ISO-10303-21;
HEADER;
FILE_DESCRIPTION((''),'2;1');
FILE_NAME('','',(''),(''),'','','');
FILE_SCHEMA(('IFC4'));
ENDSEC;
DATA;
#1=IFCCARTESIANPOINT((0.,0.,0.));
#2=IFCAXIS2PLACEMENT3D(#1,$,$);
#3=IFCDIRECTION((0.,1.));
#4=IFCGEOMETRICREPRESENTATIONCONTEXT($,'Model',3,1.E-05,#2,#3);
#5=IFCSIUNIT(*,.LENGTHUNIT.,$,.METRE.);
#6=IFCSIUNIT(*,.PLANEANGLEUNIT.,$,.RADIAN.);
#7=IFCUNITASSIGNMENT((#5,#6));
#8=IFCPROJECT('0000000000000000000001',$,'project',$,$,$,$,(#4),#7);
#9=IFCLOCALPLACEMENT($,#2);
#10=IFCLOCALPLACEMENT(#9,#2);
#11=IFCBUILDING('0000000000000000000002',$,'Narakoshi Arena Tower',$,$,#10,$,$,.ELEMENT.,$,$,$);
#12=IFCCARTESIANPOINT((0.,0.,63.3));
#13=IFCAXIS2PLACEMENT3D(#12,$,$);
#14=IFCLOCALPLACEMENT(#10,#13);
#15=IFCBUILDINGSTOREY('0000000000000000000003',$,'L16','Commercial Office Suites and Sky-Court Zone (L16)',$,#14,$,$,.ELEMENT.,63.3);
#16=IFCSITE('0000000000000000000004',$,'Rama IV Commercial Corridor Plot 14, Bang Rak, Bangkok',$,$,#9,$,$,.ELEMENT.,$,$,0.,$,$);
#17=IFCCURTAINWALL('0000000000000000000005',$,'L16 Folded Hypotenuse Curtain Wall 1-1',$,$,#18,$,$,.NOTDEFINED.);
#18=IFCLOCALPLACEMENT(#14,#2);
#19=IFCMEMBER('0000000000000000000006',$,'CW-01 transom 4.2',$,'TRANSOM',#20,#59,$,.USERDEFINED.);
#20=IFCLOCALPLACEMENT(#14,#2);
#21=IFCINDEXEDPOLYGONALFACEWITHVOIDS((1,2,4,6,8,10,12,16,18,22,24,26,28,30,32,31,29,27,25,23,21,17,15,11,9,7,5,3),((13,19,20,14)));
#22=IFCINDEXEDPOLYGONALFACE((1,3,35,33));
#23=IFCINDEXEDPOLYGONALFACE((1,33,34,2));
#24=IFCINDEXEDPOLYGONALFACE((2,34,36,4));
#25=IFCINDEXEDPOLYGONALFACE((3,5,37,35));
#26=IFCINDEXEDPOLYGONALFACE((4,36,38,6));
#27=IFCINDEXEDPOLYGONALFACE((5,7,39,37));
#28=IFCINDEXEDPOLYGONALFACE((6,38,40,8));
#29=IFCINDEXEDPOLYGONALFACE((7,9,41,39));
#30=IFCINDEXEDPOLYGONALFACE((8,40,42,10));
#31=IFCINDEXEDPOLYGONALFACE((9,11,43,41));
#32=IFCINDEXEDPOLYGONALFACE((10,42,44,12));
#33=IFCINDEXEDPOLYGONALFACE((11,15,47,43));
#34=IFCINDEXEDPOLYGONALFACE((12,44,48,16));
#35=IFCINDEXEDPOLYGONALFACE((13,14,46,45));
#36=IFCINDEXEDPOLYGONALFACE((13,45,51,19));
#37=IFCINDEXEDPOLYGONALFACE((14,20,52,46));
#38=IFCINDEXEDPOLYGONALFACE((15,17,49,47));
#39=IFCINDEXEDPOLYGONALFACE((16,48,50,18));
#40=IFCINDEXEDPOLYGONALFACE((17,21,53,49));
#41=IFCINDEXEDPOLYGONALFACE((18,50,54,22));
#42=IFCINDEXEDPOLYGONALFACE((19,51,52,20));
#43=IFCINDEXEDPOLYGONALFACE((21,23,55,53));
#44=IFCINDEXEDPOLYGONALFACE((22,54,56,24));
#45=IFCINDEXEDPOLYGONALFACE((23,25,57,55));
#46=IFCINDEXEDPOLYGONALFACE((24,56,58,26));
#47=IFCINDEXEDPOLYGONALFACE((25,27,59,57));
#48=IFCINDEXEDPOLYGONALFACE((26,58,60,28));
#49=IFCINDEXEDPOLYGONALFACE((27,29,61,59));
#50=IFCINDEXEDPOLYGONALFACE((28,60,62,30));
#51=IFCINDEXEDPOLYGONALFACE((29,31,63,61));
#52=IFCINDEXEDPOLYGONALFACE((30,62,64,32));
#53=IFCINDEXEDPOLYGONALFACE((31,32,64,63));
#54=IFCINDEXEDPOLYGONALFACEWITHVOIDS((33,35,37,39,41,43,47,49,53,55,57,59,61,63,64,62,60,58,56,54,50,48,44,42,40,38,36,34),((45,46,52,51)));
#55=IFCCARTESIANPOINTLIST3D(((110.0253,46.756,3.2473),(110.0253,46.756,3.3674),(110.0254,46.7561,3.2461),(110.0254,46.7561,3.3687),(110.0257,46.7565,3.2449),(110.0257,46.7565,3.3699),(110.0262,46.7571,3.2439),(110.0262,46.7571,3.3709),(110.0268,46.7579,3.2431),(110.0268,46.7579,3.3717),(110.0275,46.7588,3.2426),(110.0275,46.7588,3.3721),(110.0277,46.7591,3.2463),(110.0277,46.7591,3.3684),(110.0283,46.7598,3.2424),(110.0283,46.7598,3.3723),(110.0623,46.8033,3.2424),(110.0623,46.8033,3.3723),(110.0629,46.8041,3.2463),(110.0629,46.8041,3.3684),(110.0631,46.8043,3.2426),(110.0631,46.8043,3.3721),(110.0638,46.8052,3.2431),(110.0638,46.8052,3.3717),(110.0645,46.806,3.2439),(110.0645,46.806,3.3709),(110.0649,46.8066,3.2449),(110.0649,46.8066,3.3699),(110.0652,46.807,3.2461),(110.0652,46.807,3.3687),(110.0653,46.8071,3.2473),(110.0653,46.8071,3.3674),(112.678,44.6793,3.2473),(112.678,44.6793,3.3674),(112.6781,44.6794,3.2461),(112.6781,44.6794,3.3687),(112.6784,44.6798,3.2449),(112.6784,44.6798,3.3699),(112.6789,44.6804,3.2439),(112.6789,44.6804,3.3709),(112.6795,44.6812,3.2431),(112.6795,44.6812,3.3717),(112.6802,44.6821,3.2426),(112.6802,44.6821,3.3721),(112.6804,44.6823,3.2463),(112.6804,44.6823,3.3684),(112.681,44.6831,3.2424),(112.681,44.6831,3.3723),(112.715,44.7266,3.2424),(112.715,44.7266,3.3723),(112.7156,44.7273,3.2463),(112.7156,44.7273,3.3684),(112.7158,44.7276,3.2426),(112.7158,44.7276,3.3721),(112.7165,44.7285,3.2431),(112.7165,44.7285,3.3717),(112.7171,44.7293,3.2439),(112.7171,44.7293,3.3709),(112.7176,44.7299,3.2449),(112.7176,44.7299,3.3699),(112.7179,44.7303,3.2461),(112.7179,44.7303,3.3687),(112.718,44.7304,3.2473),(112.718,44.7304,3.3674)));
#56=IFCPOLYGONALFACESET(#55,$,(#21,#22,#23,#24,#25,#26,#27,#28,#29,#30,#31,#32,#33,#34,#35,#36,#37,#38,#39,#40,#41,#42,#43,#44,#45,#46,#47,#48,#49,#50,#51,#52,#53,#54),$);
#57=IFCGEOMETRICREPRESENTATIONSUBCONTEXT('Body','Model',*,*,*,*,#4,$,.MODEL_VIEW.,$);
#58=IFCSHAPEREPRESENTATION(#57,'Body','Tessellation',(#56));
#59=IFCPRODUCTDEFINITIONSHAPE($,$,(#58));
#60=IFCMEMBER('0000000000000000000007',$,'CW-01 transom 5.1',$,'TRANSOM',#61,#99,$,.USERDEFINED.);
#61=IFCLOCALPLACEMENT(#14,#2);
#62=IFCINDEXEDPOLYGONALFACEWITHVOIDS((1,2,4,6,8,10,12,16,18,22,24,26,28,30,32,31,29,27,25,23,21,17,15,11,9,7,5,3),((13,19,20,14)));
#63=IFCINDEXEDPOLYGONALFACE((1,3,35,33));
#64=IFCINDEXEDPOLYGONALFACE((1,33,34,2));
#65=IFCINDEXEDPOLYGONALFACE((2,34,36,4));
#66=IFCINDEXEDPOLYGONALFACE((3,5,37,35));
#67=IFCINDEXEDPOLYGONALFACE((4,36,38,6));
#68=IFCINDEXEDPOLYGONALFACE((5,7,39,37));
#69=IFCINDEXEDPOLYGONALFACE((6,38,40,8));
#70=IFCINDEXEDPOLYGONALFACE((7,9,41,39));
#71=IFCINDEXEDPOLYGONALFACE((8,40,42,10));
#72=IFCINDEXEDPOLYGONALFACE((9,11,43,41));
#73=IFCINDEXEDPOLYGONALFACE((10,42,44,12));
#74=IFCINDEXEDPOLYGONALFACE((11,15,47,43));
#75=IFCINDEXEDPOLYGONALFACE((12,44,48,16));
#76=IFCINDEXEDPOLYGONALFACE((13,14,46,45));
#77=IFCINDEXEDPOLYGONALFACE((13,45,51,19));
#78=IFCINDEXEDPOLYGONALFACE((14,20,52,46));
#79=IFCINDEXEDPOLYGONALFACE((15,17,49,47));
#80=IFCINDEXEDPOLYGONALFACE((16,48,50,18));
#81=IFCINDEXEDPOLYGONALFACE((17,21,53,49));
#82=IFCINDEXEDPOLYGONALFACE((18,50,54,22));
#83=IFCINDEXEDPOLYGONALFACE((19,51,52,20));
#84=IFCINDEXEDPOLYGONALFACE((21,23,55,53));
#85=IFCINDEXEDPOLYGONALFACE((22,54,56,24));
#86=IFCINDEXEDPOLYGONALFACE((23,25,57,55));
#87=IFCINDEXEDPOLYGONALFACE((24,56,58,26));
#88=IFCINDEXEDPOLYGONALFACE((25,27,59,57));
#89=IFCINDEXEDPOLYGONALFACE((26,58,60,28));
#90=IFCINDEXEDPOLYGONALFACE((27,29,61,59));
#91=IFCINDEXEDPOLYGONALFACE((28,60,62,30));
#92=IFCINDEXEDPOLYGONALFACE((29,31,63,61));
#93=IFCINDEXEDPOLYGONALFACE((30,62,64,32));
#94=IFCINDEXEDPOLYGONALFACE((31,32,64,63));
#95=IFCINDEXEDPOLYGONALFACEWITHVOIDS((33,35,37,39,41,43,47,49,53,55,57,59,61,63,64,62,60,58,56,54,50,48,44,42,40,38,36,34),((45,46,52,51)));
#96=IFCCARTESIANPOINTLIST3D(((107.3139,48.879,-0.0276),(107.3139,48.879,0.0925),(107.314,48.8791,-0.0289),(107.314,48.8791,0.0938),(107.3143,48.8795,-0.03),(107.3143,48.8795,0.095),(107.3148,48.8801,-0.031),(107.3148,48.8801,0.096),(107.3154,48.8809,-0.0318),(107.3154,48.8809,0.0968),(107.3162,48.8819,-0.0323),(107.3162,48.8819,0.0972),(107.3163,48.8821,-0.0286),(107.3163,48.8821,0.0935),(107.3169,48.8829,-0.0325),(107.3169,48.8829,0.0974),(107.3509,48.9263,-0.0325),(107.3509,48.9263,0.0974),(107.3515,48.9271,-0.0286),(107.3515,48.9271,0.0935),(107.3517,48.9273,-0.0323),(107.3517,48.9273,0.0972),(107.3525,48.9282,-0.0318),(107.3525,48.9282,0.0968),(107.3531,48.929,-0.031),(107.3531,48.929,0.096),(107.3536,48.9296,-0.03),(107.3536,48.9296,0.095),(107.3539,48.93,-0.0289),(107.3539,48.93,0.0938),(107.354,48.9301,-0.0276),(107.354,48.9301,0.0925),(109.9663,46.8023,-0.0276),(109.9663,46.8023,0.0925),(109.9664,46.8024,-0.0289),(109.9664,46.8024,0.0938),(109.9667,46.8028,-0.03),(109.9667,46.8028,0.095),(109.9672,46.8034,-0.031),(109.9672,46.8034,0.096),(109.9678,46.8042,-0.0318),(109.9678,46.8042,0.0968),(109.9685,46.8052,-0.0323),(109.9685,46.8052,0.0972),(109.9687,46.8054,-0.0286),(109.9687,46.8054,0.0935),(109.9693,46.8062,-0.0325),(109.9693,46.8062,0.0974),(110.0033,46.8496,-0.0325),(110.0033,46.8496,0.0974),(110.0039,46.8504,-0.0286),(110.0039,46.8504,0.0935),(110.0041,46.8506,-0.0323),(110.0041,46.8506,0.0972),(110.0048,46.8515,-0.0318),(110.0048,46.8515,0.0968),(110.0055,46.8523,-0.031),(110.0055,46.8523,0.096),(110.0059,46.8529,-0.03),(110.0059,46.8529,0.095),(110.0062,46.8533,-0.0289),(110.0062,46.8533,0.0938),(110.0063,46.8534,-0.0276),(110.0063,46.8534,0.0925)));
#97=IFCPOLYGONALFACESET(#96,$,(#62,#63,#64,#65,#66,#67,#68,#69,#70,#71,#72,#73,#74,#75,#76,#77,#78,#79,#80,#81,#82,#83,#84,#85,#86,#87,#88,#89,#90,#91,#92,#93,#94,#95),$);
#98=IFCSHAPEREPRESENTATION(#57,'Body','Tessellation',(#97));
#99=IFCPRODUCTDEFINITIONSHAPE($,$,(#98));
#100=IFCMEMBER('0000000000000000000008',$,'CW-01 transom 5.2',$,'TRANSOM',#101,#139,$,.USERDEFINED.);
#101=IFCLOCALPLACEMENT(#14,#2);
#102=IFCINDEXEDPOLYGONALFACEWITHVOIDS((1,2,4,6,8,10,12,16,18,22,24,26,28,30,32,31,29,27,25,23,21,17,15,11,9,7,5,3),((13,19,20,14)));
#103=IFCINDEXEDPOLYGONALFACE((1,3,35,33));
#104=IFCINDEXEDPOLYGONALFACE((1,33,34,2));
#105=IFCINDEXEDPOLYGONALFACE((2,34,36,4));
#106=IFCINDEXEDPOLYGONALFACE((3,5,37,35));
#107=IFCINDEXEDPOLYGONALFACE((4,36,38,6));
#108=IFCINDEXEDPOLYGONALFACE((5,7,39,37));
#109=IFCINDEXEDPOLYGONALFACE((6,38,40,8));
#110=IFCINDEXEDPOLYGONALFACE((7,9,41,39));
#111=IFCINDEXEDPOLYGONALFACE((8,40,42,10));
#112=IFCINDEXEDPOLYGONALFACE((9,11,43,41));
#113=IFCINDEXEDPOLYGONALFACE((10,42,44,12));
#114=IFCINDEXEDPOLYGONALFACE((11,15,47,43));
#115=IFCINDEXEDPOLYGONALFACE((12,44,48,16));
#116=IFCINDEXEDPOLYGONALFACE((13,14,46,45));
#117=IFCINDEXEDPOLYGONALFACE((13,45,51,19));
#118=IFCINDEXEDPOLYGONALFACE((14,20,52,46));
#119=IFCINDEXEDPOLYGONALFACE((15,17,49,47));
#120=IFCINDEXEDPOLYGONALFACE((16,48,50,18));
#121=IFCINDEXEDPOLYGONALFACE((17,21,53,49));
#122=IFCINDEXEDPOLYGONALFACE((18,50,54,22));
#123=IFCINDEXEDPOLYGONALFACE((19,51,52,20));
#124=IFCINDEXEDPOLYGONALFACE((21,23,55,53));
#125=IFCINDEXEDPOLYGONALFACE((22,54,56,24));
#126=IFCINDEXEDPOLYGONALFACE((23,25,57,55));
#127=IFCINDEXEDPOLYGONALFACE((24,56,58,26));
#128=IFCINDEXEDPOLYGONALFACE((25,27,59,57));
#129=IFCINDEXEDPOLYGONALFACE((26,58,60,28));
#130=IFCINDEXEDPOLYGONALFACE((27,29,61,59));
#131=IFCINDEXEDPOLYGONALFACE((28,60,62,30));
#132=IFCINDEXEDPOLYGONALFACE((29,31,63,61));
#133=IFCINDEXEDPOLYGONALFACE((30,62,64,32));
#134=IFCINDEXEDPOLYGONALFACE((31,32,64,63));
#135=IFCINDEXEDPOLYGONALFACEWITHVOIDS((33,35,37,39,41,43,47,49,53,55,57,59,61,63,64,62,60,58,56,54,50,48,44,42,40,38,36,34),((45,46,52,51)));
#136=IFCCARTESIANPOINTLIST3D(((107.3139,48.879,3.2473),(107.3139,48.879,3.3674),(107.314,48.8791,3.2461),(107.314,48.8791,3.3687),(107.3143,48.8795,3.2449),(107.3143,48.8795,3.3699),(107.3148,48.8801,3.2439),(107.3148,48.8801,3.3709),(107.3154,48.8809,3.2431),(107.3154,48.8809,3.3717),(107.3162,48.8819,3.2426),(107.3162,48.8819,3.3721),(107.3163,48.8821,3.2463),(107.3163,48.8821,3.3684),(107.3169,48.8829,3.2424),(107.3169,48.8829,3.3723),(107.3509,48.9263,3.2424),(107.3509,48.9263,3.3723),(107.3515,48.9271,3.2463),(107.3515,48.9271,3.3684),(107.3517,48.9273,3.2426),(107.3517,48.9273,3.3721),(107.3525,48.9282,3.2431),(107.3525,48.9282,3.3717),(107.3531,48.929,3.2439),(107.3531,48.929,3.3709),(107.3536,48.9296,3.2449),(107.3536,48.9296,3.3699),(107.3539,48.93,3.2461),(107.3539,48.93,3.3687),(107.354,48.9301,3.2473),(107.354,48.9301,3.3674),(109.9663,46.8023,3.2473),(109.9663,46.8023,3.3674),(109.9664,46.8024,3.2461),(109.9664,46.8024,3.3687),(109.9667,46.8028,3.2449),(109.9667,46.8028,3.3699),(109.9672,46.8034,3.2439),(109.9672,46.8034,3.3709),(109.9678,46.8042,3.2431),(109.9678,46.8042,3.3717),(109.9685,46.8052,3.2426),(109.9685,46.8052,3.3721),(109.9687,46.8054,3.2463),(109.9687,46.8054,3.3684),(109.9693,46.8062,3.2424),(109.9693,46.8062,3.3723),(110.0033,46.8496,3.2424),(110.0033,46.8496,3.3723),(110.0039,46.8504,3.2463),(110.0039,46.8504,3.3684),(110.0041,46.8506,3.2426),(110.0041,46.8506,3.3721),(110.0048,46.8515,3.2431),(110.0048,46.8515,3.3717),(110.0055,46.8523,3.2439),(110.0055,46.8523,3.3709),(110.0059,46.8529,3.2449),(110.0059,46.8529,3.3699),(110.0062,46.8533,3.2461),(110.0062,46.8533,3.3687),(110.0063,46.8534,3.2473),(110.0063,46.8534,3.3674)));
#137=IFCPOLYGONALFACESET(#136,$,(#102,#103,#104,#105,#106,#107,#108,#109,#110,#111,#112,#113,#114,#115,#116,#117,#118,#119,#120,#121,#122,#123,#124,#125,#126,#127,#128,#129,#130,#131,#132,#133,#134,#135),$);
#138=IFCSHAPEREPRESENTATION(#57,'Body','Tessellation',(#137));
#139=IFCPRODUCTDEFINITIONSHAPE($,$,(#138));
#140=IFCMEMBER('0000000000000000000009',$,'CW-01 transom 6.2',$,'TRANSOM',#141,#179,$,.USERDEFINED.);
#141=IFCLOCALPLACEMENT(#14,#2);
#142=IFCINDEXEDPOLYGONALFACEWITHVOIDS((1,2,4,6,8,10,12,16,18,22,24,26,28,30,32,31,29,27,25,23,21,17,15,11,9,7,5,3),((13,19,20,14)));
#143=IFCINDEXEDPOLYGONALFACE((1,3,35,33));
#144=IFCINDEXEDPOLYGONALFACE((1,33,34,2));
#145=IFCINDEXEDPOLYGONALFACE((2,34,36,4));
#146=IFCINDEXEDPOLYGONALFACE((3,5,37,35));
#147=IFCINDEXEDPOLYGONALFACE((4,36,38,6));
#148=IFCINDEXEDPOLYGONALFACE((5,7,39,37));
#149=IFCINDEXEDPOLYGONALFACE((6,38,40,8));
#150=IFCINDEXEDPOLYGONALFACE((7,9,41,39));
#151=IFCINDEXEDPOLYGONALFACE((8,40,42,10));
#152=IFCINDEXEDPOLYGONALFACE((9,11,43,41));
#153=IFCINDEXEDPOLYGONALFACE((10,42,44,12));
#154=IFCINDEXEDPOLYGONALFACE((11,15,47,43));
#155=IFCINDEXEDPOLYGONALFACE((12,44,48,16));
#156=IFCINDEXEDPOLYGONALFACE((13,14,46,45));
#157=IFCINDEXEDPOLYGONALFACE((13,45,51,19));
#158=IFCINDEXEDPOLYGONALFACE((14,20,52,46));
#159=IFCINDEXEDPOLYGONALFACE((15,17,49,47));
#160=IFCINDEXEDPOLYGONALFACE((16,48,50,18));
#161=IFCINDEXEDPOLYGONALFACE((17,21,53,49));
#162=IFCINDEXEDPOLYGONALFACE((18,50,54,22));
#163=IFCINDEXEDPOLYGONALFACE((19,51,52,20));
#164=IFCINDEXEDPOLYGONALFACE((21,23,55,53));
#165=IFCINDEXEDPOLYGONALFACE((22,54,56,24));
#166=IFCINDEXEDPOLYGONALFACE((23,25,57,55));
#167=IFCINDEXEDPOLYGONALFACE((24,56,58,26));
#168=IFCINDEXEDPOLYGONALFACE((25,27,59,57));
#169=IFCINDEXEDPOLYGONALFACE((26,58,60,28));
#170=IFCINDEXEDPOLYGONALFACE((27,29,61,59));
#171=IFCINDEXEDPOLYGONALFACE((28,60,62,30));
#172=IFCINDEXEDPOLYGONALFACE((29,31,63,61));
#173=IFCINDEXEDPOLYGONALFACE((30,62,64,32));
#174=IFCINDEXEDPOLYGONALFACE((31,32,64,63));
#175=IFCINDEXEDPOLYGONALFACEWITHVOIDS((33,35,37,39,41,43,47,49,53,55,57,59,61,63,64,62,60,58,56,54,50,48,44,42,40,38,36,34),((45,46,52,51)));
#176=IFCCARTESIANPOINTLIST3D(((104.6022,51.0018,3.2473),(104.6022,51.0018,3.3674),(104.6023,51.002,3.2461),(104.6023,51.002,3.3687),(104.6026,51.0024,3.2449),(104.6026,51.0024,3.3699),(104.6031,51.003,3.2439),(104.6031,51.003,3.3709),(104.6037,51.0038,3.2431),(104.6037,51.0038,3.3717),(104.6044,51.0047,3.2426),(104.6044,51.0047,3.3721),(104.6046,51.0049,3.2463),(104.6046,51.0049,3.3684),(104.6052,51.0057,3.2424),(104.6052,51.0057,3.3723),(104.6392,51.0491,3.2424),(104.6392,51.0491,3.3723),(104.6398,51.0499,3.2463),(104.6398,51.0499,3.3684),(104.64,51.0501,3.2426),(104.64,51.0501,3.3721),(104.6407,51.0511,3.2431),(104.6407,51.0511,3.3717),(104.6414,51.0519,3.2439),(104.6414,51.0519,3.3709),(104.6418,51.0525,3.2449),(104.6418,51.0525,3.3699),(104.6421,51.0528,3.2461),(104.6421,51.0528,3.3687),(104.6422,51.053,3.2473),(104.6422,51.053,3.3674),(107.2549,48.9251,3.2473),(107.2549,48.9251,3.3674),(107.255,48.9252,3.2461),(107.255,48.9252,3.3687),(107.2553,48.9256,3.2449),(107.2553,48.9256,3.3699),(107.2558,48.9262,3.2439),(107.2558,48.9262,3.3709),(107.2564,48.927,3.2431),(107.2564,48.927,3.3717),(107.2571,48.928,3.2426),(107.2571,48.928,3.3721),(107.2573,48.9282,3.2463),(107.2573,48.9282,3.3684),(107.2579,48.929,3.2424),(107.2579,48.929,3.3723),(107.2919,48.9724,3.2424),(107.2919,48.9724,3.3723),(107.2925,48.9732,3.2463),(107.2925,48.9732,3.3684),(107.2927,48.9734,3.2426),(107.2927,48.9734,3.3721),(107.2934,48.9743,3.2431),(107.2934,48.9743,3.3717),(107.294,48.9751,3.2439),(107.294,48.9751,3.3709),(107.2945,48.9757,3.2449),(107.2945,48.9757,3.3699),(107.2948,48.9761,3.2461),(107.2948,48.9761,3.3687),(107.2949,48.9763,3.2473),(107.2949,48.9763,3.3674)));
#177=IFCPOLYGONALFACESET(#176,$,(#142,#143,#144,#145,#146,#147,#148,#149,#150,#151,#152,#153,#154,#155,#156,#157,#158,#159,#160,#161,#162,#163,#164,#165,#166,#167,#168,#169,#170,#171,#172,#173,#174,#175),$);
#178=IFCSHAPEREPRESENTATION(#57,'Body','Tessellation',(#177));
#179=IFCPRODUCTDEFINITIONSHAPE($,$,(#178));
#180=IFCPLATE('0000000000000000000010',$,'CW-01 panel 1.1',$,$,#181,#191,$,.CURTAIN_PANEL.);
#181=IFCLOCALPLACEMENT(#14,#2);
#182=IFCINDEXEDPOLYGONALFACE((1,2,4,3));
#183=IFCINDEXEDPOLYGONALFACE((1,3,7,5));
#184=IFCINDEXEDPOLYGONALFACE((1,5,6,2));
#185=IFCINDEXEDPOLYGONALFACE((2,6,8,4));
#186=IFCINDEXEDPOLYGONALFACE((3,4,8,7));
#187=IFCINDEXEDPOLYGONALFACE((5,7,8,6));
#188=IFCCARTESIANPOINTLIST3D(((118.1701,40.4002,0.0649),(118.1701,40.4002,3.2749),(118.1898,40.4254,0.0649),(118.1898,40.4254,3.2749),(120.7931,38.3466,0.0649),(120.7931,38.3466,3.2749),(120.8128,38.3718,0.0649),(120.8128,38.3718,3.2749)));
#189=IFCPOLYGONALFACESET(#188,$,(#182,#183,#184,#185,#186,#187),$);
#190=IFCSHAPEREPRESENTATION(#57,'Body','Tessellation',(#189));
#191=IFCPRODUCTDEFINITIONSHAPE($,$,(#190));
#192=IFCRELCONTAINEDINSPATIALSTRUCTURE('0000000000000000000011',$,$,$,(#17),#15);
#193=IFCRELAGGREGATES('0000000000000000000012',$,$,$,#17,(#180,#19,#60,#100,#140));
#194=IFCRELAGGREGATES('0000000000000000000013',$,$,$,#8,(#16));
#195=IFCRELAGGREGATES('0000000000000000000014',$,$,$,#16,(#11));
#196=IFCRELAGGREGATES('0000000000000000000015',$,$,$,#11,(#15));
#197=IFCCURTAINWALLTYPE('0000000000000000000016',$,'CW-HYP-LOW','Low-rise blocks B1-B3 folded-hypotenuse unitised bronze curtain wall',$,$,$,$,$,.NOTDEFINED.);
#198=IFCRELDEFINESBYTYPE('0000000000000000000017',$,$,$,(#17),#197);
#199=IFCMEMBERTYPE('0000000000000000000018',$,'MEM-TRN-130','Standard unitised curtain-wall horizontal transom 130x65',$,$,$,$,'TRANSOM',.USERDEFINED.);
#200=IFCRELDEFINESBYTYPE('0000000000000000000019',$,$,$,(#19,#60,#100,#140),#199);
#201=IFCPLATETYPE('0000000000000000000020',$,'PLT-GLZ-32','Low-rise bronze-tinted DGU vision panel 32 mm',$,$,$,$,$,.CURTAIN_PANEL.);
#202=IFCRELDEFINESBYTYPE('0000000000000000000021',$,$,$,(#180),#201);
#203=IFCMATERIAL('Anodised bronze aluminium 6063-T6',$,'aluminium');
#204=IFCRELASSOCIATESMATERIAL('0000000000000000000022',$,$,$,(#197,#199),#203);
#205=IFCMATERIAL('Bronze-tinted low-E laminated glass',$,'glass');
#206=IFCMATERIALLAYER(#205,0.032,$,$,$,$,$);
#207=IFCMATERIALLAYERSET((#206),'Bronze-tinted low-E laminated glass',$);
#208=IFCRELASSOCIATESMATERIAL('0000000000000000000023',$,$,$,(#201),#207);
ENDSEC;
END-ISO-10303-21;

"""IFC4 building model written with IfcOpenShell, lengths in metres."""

from ifc_helpers import new_model, si_unit, direction, frame, origin, origin_2d, place, context, subcontext, project, spatial, rectangle, hollow_rectangle, extrude, material, layer, layer_set, material_profile, profile_set, type_object, element, aggregate, save


model = new_model("IFC4")

# Units and contexts
model_context = context("Model", 3, precision=1e-05, world=origin(), true_north=direction((0.0, 1.0)))
body_context = subcontext(model_context, "Body", "Model", "MODEL_VIEW")
ifc_project = project(units=[si_unit("LENGTHUNIT", "METRE"), si_unit("PLANEANGLEUNIT", "RADIAN")], contexts=[model_context])

# Site, building, storey
site_placement = place(None, origin())
site = spatial("IfcSite", under=ifc_project, at=site_placement, Name="Rama IV Commercial Corridor Plot 14, Bang Rak, Bangkok", CompositionType="ELEMENT", RefElevation=0.0)
building_placement = place(site_placement, origin())
building = spatial("IfcBuilding", under=site, at=building_placement, Name="Narakoshi Arena Tower", CompositionType="ELEMENT")
storey_placement = place(building_placement, frame((0.0, 0.0, 63.3)))
storey = spatial("IfcBuildingStorey", under=building, at=storey_placement, Name="L16", Description="Commercial Office Suites and Sky-Court Zone (L16)", CompositionType="ELEMENT", Elevation=63.3)

# Curtain wall, members, plate
ifc_material_1 = material(Name="Anodised bronze aluminium 6063-T6", Category="aluminium")
curtain_wall_type = type_object("IfcCurtainWallType", Name="CW-HYP-LOW", Description="Low-rise blocks B1-B3 folded-hypotenuse unitised bronze curtain wall", PredefinedType="NOTDEFINED", material=ifc_material_1)
curtain_wall_placement = place(storey_placement, origin())
curtain_wall = element("IfcCurtainWall", 1, at=curtain_wall_placement, inside=storey, type_object=curtain_wall_type, Name="L16 Folded Hypotenuse Curtain Wall 1-1", PredefinedType="NOTDEFINED")
ifc_material_profile_1 = material_profile(ifc_material_1, hollow_rectangle(XDim=0.0649, YDim=0.1299, WallThickness=0.0039, OuterFilletRadius=0.0049, at=origin_2d()), Name="TRN130x65x4")
ifc_profile_set_1 = profile_set([ifc_material_profile_1], Name="Anodised bronze aluminium 6063-T6")
member_type_1 = type_object("IfcMemberType", Name="MEM-TRN-130", Description="Standard unitised curtain-wall horizontal transom 130x65", ElementType="TRANSOM", PredefinedType="USERDEFINED", material=ifc_profile_set_1)
member_1_placement = place(storey_placement, frame((112.698, 44.7048, 3.3074), z_axis=(-0.787401, 0.616441, 0.0), x_axis=(-0.616441, -0.787401, 0.0)))
member_1 = element("IfcMember", 2, at=member_1_placement, type_object=member_type_1, Name="CW-01 transom 4.2", ObjectType="TRANSOM", PredefinedType="USERDEFINED", context=body_context, shape_type="SweptSolid", body=[
    extrude(hollow_rectangle(XDim=0.0649, YDim=0.1299, WallThickness=0.0039, OuterFilletRadius=0.0049, at=origin_2d()), origin(), (0.0, 0.0, 1.0), 3.3689),
])
member_2_placement = place(storey_placement, frame((109.9863, 46.8279, 0.0325), z_axis=(-0.787373, 0.616476, 0.0), x_axis=(-0.616476, -0.787373, 0.0)))
member_2 = element("IfcMember", 3, at=member_2_placement, type_object=member_type_1, Name="CW-01 transom 5.1", ObjectType="TRANSOM", PredefinedType="USERDEFINED", context=body_context, shape_type="SweptSolid", body=[
    extrude(hollow_rectangle(XDim=0.0649, YDim=0.1299, WallThickness=0.0039, OuterFilletRadius=0.0049, at=origin_2d()), origin(), (0.0, 0.0, 1.0), 3.3687),
])
member_3_placement = place(storey_placement, frame((109.9863, 46.8279, 3.3074), z_axis=(-0.787373, 0.616476, 0.0), x_axis=(-0.616476, -0.787373, 0.0)))
member_3 = element("IfcMember", 4, at=member_3_placement, type_object=member_type_1, Name="CW-01 transom 5.2", ObjectType="TRANSOM", PredefinedType="USERDEFINED", context=body_context, shape_type="SweptSolid", body=[
    extrude(hollow_rectangle(XDim=0.0649, YDim=0.1299, WallThickness=0.0039, OuterFilletRadius=0.0049, at=origin_2d()), origin(), (0.0, 0.0, 1.0), 3.3687),
])
member_4_placement = place(storey_placement, frame((107.2749, 48.9507, 3.3074), z_axis=(-0.787401, 0.616441, 0.0), x_axis=(-0.616441, -0.787401, 0.0)))
member_4 = element("IfcMember", 5, at=member_4_placement, type_object=member_type_1, Name="CW-01 transom 6.2", ObjectType="TRANSOM", PredefinedType="USERDEFINED", context=body_context, shape_type="SweptSolid", body=[
    extrude(hollow_rectangle(XDim=0.0649, YDim=0.1299, WallThickness=0.0039, OuterFilletRadius=0.0049, at=origin_2d()), origin(), (0.0, 0.0, 1.0), 3.3689),
])
ifc_material_2 = material(Name="Bronze-tinted low-E laminated glass", Category="glass")
ifc_layer_1 = layer(ifc_material_2, 0.032)
ifc_layer_set_1 = layer_set([ifc_layer_1], Name="Bronze-tinted low-E laminated glass")
plate_type_1 = type_object("IfcPlateType", Name="PLT-GLZ-32", Description="Low-rise bronze-tinted DGU vision panel 32 mm", PredefinedType="CURTAIN_PANEL", material=ifc_layer_set_1)
plate_1_placement = place(storey_placement, frame((119.4915, 39.386, 0.0649), z_axis=(0.0, 0.0, 1.0), x_axis=(-0.787388, 0.616458, 0.0)))
plate_1 = element("IfcPlate", 6, at=plate_1_placement, type_object=plate_type_1, Name="CW-01 panel 1.1", PredefinedType="CURTAIN_PANEL", context=body_context, shape_type="SweptSolid", body=[
    extrude(rectangle(XDim=3.3313, YDim=0.032, at=origin_2d()), origin(), (0.0, 0.0, 1.0), 3.21),
])
aggregate(curtain_wall, [plate_1, member_1, member_2, member_3, member_4])

save(model, "model.ifc")
